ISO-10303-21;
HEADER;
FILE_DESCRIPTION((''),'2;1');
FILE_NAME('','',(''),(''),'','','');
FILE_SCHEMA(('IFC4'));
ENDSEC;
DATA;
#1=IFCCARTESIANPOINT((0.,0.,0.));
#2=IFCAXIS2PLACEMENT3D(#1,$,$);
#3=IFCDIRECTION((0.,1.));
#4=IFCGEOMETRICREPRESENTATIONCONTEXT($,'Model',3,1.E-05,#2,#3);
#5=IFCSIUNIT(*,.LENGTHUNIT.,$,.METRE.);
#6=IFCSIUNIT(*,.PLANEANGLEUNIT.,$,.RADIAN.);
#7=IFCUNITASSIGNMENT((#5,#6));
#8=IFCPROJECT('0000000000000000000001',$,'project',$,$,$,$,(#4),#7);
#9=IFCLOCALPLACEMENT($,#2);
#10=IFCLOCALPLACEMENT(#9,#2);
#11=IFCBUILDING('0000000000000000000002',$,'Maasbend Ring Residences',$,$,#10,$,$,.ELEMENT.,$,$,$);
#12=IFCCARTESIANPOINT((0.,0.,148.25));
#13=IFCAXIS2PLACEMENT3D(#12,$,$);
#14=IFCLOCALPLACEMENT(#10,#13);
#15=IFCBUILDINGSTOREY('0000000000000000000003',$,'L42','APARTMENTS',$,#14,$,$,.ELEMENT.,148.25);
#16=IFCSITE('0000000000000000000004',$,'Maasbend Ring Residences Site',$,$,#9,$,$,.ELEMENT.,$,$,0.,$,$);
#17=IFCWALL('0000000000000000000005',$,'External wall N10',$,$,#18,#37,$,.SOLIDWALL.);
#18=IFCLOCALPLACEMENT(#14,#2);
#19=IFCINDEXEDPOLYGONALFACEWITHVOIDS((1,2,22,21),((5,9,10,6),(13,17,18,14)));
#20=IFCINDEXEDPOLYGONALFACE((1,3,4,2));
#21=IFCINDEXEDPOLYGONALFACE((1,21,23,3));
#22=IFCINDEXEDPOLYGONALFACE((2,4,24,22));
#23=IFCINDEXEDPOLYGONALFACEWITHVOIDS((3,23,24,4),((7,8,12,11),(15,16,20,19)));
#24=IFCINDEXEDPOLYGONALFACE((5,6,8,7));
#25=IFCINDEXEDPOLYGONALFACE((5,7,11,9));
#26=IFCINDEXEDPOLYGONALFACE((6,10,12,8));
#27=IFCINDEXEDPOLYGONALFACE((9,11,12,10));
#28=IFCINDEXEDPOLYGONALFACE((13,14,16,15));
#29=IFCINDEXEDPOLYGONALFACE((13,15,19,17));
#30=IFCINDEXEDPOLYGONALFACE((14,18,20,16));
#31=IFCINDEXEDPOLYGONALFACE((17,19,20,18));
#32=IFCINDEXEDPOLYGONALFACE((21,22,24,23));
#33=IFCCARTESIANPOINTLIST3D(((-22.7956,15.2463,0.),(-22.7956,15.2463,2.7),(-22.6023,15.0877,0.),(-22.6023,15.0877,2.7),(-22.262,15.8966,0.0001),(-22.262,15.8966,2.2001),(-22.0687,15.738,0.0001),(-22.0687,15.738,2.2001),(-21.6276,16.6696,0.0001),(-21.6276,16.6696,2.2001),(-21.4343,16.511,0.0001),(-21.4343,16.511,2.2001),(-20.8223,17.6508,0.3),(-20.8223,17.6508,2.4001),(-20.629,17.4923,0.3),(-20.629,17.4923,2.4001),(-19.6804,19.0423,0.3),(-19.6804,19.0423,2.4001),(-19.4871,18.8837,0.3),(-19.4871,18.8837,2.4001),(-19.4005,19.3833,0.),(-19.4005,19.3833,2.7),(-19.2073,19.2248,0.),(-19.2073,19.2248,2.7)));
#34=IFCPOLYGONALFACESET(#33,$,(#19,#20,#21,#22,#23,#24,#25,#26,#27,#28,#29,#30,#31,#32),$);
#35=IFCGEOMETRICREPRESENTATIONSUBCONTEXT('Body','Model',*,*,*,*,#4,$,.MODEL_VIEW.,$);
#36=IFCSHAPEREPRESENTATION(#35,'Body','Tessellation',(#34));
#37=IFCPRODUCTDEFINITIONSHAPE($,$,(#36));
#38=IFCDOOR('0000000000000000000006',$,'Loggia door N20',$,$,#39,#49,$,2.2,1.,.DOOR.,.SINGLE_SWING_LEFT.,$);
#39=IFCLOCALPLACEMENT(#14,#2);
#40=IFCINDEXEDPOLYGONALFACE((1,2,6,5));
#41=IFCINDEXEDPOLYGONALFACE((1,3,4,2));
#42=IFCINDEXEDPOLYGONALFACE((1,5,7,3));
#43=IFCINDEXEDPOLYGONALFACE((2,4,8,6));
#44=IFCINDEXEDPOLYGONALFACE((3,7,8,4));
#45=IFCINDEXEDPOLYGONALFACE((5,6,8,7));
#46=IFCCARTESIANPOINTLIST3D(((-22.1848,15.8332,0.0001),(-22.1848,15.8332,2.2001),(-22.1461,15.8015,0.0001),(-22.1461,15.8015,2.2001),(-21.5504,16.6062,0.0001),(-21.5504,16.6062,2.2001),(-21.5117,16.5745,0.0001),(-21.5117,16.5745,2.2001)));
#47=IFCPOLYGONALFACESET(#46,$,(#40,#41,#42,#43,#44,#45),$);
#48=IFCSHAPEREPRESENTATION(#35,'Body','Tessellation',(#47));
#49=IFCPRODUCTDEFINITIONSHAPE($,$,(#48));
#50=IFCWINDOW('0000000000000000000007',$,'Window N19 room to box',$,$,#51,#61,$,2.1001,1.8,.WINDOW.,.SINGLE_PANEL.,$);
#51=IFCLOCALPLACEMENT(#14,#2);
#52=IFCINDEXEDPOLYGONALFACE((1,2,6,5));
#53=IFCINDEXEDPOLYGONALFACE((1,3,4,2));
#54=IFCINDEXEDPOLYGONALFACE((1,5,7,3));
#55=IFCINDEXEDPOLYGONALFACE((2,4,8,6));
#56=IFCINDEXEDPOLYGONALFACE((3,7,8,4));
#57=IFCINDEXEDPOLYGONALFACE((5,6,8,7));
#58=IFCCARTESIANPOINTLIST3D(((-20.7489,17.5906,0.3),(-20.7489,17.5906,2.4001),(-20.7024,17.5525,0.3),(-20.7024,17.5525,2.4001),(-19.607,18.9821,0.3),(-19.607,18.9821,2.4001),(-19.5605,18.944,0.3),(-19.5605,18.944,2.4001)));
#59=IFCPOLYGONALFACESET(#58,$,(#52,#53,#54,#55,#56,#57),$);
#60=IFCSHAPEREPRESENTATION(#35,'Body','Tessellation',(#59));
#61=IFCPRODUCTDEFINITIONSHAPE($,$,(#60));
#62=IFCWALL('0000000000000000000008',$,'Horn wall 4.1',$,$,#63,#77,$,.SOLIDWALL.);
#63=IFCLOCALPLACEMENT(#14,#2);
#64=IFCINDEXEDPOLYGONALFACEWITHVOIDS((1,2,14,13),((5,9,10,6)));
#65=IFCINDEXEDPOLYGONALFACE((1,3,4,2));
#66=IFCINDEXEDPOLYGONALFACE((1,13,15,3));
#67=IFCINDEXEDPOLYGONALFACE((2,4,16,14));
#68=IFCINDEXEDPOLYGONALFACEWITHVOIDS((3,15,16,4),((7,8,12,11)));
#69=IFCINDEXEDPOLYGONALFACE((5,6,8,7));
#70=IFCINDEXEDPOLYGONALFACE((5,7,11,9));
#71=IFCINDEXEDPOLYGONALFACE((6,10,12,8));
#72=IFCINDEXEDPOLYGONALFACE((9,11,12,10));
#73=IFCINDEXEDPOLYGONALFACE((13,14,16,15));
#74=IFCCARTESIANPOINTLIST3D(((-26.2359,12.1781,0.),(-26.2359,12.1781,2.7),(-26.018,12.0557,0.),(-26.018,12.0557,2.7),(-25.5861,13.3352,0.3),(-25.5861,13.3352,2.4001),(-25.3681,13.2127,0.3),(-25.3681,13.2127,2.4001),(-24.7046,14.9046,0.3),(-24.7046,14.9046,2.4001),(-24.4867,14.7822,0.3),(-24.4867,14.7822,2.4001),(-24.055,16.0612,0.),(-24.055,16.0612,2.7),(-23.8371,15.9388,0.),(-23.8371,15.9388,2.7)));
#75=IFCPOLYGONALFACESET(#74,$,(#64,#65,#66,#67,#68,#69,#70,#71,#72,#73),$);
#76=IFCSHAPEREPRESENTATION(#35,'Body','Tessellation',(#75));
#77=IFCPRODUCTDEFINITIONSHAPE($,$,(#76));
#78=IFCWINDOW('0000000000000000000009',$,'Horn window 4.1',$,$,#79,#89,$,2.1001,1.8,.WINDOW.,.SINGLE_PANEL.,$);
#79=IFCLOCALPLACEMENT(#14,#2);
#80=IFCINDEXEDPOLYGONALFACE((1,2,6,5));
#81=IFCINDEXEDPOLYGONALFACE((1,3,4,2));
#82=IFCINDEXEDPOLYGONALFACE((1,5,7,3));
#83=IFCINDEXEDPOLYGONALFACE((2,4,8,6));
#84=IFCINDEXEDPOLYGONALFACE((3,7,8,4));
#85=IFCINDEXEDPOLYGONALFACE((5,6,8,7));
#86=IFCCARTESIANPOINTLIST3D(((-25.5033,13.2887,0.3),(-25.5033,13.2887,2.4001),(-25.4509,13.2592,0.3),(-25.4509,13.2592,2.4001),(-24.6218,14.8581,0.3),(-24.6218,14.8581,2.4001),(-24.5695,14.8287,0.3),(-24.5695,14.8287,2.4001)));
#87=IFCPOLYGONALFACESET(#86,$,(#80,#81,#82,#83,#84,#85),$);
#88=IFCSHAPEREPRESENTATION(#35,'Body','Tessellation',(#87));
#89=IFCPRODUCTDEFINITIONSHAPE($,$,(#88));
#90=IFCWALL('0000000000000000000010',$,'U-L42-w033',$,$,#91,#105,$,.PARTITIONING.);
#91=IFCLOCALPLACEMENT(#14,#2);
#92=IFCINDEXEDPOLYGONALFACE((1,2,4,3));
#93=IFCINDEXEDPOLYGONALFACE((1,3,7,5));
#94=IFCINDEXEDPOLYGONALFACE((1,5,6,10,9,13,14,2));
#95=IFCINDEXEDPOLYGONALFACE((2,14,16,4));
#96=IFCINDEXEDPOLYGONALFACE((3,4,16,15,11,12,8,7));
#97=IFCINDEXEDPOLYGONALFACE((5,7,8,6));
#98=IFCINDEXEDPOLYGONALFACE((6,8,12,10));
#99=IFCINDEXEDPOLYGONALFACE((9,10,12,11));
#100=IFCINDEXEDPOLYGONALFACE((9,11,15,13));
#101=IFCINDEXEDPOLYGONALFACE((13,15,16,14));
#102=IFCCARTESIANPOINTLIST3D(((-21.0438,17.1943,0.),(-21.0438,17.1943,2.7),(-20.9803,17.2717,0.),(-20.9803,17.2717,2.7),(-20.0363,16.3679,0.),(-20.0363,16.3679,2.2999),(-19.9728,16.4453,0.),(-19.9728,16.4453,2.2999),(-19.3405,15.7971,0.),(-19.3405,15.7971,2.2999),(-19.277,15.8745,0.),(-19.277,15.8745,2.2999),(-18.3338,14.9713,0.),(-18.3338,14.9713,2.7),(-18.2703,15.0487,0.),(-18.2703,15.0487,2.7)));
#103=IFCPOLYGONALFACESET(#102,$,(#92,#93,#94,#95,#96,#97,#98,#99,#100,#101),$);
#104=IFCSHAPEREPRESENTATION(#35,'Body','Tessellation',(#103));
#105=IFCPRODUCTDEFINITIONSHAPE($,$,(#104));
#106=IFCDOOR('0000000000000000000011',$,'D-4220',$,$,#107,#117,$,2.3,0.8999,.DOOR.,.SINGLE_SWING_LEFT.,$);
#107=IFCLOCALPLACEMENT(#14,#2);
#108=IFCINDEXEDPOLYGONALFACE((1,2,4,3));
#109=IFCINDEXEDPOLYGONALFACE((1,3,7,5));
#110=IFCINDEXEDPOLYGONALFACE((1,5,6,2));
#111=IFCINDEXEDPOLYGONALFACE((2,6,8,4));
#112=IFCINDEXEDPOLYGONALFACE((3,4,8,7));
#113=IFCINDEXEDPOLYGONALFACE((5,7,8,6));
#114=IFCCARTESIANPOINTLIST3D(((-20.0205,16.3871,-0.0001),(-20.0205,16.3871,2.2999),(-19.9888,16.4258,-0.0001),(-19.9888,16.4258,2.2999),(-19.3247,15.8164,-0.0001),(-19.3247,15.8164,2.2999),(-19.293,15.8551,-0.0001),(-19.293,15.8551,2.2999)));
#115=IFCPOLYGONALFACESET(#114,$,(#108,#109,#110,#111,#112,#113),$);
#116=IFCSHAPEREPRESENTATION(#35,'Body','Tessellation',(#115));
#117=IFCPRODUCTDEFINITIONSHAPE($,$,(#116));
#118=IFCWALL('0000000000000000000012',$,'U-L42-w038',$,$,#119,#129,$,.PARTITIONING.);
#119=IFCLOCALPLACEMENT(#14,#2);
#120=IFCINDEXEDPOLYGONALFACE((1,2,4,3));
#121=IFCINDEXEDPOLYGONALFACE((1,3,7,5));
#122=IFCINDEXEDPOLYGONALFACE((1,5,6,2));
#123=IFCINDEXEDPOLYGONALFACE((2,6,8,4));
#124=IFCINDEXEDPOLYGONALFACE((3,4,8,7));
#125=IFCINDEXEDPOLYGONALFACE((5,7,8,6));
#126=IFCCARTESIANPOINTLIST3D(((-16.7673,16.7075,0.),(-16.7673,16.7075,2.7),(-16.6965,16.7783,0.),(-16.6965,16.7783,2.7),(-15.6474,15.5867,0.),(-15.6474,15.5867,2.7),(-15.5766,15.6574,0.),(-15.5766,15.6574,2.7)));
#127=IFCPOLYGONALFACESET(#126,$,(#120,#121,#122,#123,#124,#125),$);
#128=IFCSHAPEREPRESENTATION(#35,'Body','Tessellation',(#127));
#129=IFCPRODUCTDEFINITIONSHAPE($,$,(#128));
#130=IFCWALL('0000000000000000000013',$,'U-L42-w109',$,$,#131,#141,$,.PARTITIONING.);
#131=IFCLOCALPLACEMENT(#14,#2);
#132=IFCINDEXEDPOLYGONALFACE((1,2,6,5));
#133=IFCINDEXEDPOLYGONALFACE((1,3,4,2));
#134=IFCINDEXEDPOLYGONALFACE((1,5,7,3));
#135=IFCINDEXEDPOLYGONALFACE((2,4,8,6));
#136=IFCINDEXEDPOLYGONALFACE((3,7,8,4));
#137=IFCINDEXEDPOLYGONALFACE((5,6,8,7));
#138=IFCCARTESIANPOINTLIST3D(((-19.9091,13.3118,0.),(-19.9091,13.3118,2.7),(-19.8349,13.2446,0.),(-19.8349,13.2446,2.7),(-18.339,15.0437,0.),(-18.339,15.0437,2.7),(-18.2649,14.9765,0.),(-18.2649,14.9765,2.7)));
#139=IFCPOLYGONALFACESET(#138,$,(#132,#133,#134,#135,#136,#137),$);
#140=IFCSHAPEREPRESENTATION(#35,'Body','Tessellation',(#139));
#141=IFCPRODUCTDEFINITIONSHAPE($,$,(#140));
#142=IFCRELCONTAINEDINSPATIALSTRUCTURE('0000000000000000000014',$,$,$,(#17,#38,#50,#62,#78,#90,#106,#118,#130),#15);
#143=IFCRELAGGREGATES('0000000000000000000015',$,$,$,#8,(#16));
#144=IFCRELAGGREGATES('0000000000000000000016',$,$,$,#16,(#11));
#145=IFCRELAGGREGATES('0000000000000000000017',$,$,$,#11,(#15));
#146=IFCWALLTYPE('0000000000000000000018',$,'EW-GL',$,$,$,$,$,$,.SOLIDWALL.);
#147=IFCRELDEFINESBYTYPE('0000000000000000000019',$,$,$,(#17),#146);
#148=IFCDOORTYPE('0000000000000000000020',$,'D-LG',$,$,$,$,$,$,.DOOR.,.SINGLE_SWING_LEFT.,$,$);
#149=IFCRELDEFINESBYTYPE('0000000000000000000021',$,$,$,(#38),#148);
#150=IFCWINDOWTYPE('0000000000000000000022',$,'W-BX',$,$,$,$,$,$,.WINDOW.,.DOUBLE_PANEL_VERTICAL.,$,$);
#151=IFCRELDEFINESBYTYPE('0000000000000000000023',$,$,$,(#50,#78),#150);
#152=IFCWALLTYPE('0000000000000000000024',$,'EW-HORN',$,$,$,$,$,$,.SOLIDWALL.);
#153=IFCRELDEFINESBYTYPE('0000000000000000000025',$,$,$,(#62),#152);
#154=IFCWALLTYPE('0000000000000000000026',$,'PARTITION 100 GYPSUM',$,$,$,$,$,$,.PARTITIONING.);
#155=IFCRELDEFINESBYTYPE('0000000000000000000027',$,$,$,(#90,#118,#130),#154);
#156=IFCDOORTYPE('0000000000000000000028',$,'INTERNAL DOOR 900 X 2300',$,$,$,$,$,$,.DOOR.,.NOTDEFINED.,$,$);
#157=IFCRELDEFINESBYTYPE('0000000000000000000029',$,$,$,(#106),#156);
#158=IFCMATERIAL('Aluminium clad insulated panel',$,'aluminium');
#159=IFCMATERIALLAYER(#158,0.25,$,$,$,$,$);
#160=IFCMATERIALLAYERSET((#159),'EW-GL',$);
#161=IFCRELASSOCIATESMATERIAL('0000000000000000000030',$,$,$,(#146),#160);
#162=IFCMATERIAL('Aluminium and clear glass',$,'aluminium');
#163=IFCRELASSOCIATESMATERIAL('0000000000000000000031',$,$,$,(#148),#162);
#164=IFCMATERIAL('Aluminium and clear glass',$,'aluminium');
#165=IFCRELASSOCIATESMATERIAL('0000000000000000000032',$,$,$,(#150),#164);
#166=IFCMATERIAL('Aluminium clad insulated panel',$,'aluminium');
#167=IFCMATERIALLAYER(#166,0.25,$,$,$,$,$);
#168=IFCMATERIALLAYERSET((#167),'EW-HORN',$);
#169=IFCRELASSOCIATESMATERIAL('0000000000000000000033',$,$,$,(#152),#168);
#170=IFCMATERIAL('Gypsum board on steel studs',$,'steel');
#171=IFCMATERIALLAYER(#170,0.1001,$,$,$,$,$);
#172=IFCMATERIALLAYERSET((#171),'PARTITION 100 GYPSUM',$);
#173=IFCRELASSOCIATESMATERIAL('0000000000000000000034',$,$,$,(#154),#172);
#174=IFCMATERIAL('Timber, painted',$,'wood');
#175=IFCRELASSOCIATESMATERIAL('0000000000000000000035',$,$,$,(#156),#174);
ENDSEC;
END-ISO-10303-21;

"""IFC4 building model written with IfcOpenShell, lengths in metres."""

from ifc_helpers import new_model, si_unit, direction, frame, frame_2d, origin, place, context, subcontext, project, spatial, rectangle, extrude, material, layer, layer_set, type_object, element, fill, save


model = new_model("IFC4")

# Units and contexts
model_context = context("Model", 3, precision=1e-05, world=origin(), true_north=direction((0.0, 1.0)))
body_context = subcontext(model_context, "Body", "Model", "MODEL_VIEW")
ifc_project = project(units=[si_unit("LENGTHUNIT", "METRE"), si_unit("PLANEANGLEUNIT", "RADIAN")], contexts=[model_context])

# Site, building, storey
site_placement = place(None, origin())
site = spatial("IfcSite", under=ifc_project, at=site_placement, Name="Maasbend Ring Residences Site", CompositionType="ELEMENT", RefElevation=0.0)
building_placement = place(site_placement, origin())
building = spatial("IfcBuilding", under=site, at=building_placement, Name="Maasbend Ring Residences", CompositionType="ELEMENT")
storey_placement = place(building_placement, frame((0.0, 0.0, 148.25)))
storey = spatial("IfcBuildingStorey", under=building, at=storey_placement, Name="L42", Description="APARTMENTS", CompositionType="ELEMENT", Elevation=148.25)

# Wall, openings, door, window
ifc_material_1 = material(Name="Aluminium clad insulated panel", Category="aluminium")
ifc_layer_1 = layer(ifc_material_1, 0.25)
ifc_layer_set_1 = layer_set([ifc_layer_1], Name="EW-GL")
wall_type_1 = type_object("IfcWallType", Name="EW-GL", PredefinedType="SOLIDWALL", material=ifc_layer_set_1)
wall_1_placement = place(storey_placement, frame((-19.304, 19.304, 0.0), z_axis=(0.0, 0.0, 1.0), x_axis=(-0.634382, -0.773019, 0.0)))
wall_1 = element("IfcWall", 1, at=wall_1_placement, inside=storey, type_object=wall_type_1, Name="External wall N10", PredefinedType="SOLIDWALL", context=body_context, shape_type="SweptSolid", body=[
    extrude(rectangle(XDim=5.3518, YDim=0.25, at=frame_2d((2.6758, 0.0))), origin(), (0.0, 0.0, 1.0), 2.7),
])
opening_1_placement = place(wall_1_placement, frame((0.4412, 0.0, 0.3)))
opening_1 = element("IfcOpeningElement", 2, at=opening_1_placement, cuts=wall_1, PredefinedType="OPENING", context=body_context, shape_type="SweptSolid", body=[
    extrude(rectangle(XDim=1.8, YDim=2.1001, at=frame_2d((0.8999, 1.05))), frame((0.0, 0.135, 0.0), z_axis=(0.0, -1.0, 0.0), x_axis=(1.0, 0.0, 0.0)), (0.0, 0.0, 1.0), 0.27),
])
opening_2_placement = place(wall_1_placement, frame((3.5105, 0.0, 0.0)))
opening_2 = element("IfcOpeningElement", 3, at=opening_2_placement, cuts=wall_1, PredefinedType="OPENING", context=body_context, shape_type="SweptSolid", body=[
    extrude(rectangle(XDim=1.0, YDim=2.2, at=frame_2d((0.5, 1.1001))), frame((0.0, 0.135, 0.0), z_axis=(0.0, -1.0, 0.0), x_axis=(1.0, 0.0, 0.0)), (0.0, 0.0, 1.0), 0.27),
])
ifc_material_2 = material(Name="Aluminium and clear glass", Category="aluminium")
door_type_1 = type_object("IfcDoorType", Name="D-LG", OperationType="SINGLE_SWING_LEFT", PredefinedType="DOOR", material=ifc_material_2)
door_1_placement = place(opening_2_placement, origin())
door_1 = element("IfcDoor", 4, at=door_1_placement, inside=storey, type_object=door_type_1, Name="Loggia door N20", OperationType="SINGLE_SWING_LEFT", OverallHeight=2.2, OverallWidth=1.0, PredefinedType="DOOR", context=body_context, shape_type="SweptSolid", body=[
    extrude(rectangle(XDim=1.0, YDim=2.2, at=frame_2d((0.5, 1.1001))), frame((0.0, 0.0249, 0.0), z_axis=(0.0, -1.0, 0.0), x_axis=(1.0, 0.0, 0.0)), (0.0, 0.0, 1.0), 0.05),
])
fill(opening_2, door_1)
ifc_material_3 = material(Name="Aluminium and clear glass", Category="aluminium")
window_type = type_object("IfcWindowType", Name="W-BX", PartitioningType="DOUBLE_PANEL_VERTICAL", PredefinedType="WINDOW", material=ifc_material_3)
window_1_placement = place(opening_1_placement, origin())
window_1 = element("IfcWindow", 5, at=window_1_placement, inside=storey, type_object=window_type, Name="Window N19 room to box", OverallHeight=2.1001, OverallWidth=1.8, PartitioningType="SINGLE_PANEL", PredefinedType="WINDOW", context=body_context, shape_type="SweptSolid", body=[
    extrude(rectangle(XDim=1.8, YDim=2.1001, at=frame_2d((0.8999, 1.05))), frame((0.0, 0.03, 0.0), z_axis=(0.0, -1.0, 0.0), x_axis=(1.0, 0.0, 0.0)), (0.0, 0.0, 1.0), 0.0601),
])
fill(opening_1, window_1)

# Wall, opening, window
ifc_material_4 = material(Name="Aluminium clad insulated panel", Category="aluminium")
ifc_layer_2 = layer(ifc_material_4, 0.25)
ifc_layer_set_2 = layer_set([ifc_layer_2], Name="EW-HORN")
wall_type_2 = type_object("IfcWallType", Name="EW-HORN", PredefinedType="SOLIDWALL", material=ifc_layer_set_2)
wall_2_placement = place(storey_placement, frame((-23.946, 16.0, 0.0), z_axis=(0.0, 0.0, 1.0), x_axis=(-0.489696, -0.871893, 0.0)))
wall_2 = element("IfcWall", 6, at=wall_2_placement, inside=storey, type_object=wall_type_2, Name="Horn wall 4.1", PredefinedType="SOLIDWALL", context=body_context, shape_type="SweptSolid", body=[
    extrude(rectangle(XDim=4.4536, YDim=0.25, at=frame_2d((2.2268, 0.0))), origin(), (0.0, 0.0, 1.0), 2.7),
])
opening_3_placement = place(wall_2_placement, frame((1.3267, 0.0, 0.3)))
opening_3 = element("IfcOpeningElement", 7, at=opening_3_placement, cuts=wall_2, PredefinedType="OPENING", context=body_context, shape_type="SweptSolid", body=[
    extrude(rectangle(XDim=1.8, YDim=2.1001, at=frame_2d((0.8999, 1.05))), frame((0.0, 0.135, 0.0), z_axis=(0.0, -1.0, 0.0), x_axis=(1.0, 0.0, 0.0)), (0.0, 0.0, 1.0), 0.27),
])
window_2_placement = place(opening_3_placement, origin())
window_2 = element("IfcWindow", 8, at=window_2_placement, inside=storey, type_object=window_type, Name="Horn window 4.1", OverallHeight=2.1001, OverallWidth=1.8, PartitioningType="SINGLE_PANEL", PredefinedType="WINDOW", context=body_context, shape_type="SweptSolid", body=[
    extrude(rectangle(XDim=1.8, YDim=2.1001, at=frame_2d((0.8999, 1.05))), frame((0.0, 0.03, 0.0), z_axis=(0.0, -1.0, 0.0), x_axis=(1.0, 0.0, 0.0)), (0.0, 0.0, 1.0), 0.0601),
])
fill(opening_3, window_2)

# Wall, opening, door
ifc_material_5 = material(Name="Gypsum board on steel studs", Category="steel")
ifc_layer_3 = layer(ifc_material_5, 0.1001)
ifc_layer_set_3 = layer_set([ifc_layer_3], Name="PARTITION 100 GYPSUM")
wall_type_3 = type_object("IfcWallType", Name="PARTITION 100 GYPSUM", PredefinedType="PARTITIONING", material=ifc_layer_set_3)
wall_3_placement = place(storey_placement, frame((-21.012, 17.2329, 0.0), z_axis=(0.0, 0.0, 1.0), x_axis=(0.773165, -0.634205, 0.0)))
wall_3 = element("IfcWall", 9, at=wall_3_placement, inside=storey, type_object=wall_type_3, Name="U-L42-w033", PredefinedType="PARTITIONING", context=body_context, shape_type="SweptSolid", body=[
    extrude(rectangle(XDim=3.5051, YDim=0.1001, at=frame_2d((1.7524, 0.0))), origin(), (0.0, 0.0, 1.0), 2.7),
])
opening_4_placement = place(wall_3_placement, frame((1.303, 0.0, 0.0)))
opening_4 = element("IfcOpeningElement", 10, at=opening_4_placement, cuts=wall_3, PredefinedType="OPENING", context=body_context, shape_type="SweptSolid", body=[
    extrude(rectangle(XDim=0.8999, YDim=2.3, at=frame_2d((0.45, 1.1499))), frame((0.0, 0.0601, 0.0), z_axis=(0.0, -1.0, 0.0), x_axis=(1.0, 0.0, 0.0)), (0.0, 0.0, 1.0), 0.1201),
])
ifc_material_6 = material(Name="Timber, painted", Category="wood")
door_type_2 = type_object("IfcDoorType", Name="INTERNAL DOOR 900 X 2300", OperationType="NOTDEFINED", PredefinedType="DOOR", material=ifc_material_6)
door_2_placement = place(opening_4_placement, origin())
door_2 = element("IfcDoor", 11, at=door_2_placement, inside=storey, type_object=door_type_2, Name="D-4220", OperationType="SINGLE_SWING_LEFT", OverallHeight=2.3, OverallWidth=0.8999, PredefinedType="DOOR", context=body_context, shape_type="SweptSolid", body=[
    extrude(rectangle(XDim=0.8999, YDim=2.3, at=frame_2d((0.45, 1.1499))), frame((0.0, 0.0249, 0.0), z_axis=(0.0, -1.0, 0.0), x_axis=(1.0, 0.0, 0.0)), (0.0, 0.0, 1.0), 0.05),
])
fill(opening_4, door_2)

# Walls
wall_4_placement = place(storey_placement, frame((-16.7319, 16.7429, 0.0), z_axis=(0.0, 0.0, 1.0), x_axis=(0.706799, -0.707415, 0.0)))
element("IfcWall", 12, at=wall_4_placement, inside=storey, type_object=wall_type_3, Name="U-L42-w038", PredefinedType="PARTITIONING", context=body_context, shape_type="SweptSolid", body=[
    extrude(rectangle(XDim=1.5845, YDim=0.1001, at=frame_2d((0.7922, 0.0))), origin(), (0.0, 0.0, 1.0), 2.7),
])
wall_5_placement = place(storey_placement, frame((-19.8721, 13.2781, 0.0), z_axis=(0.0, 0.0, 1.0), x_axis=(0.671638, 0.74088, 0.0)))
element("IfcWall", 13, at=wall_5_placement, inside=storey, type_object=wall_type_3, Name="U-L42-w109", PredefinedType="PARTITIONING", context=body_context, shape_type="SweptSolid", body=[
    extrude(rectangle(XDim=2.3376, YDim=0.1001, at=frame_2d((1.1689, 0.0))), origin(), (0.0, 0.0, 1.0), 2.7),
])

save(model, "model.ifc")
